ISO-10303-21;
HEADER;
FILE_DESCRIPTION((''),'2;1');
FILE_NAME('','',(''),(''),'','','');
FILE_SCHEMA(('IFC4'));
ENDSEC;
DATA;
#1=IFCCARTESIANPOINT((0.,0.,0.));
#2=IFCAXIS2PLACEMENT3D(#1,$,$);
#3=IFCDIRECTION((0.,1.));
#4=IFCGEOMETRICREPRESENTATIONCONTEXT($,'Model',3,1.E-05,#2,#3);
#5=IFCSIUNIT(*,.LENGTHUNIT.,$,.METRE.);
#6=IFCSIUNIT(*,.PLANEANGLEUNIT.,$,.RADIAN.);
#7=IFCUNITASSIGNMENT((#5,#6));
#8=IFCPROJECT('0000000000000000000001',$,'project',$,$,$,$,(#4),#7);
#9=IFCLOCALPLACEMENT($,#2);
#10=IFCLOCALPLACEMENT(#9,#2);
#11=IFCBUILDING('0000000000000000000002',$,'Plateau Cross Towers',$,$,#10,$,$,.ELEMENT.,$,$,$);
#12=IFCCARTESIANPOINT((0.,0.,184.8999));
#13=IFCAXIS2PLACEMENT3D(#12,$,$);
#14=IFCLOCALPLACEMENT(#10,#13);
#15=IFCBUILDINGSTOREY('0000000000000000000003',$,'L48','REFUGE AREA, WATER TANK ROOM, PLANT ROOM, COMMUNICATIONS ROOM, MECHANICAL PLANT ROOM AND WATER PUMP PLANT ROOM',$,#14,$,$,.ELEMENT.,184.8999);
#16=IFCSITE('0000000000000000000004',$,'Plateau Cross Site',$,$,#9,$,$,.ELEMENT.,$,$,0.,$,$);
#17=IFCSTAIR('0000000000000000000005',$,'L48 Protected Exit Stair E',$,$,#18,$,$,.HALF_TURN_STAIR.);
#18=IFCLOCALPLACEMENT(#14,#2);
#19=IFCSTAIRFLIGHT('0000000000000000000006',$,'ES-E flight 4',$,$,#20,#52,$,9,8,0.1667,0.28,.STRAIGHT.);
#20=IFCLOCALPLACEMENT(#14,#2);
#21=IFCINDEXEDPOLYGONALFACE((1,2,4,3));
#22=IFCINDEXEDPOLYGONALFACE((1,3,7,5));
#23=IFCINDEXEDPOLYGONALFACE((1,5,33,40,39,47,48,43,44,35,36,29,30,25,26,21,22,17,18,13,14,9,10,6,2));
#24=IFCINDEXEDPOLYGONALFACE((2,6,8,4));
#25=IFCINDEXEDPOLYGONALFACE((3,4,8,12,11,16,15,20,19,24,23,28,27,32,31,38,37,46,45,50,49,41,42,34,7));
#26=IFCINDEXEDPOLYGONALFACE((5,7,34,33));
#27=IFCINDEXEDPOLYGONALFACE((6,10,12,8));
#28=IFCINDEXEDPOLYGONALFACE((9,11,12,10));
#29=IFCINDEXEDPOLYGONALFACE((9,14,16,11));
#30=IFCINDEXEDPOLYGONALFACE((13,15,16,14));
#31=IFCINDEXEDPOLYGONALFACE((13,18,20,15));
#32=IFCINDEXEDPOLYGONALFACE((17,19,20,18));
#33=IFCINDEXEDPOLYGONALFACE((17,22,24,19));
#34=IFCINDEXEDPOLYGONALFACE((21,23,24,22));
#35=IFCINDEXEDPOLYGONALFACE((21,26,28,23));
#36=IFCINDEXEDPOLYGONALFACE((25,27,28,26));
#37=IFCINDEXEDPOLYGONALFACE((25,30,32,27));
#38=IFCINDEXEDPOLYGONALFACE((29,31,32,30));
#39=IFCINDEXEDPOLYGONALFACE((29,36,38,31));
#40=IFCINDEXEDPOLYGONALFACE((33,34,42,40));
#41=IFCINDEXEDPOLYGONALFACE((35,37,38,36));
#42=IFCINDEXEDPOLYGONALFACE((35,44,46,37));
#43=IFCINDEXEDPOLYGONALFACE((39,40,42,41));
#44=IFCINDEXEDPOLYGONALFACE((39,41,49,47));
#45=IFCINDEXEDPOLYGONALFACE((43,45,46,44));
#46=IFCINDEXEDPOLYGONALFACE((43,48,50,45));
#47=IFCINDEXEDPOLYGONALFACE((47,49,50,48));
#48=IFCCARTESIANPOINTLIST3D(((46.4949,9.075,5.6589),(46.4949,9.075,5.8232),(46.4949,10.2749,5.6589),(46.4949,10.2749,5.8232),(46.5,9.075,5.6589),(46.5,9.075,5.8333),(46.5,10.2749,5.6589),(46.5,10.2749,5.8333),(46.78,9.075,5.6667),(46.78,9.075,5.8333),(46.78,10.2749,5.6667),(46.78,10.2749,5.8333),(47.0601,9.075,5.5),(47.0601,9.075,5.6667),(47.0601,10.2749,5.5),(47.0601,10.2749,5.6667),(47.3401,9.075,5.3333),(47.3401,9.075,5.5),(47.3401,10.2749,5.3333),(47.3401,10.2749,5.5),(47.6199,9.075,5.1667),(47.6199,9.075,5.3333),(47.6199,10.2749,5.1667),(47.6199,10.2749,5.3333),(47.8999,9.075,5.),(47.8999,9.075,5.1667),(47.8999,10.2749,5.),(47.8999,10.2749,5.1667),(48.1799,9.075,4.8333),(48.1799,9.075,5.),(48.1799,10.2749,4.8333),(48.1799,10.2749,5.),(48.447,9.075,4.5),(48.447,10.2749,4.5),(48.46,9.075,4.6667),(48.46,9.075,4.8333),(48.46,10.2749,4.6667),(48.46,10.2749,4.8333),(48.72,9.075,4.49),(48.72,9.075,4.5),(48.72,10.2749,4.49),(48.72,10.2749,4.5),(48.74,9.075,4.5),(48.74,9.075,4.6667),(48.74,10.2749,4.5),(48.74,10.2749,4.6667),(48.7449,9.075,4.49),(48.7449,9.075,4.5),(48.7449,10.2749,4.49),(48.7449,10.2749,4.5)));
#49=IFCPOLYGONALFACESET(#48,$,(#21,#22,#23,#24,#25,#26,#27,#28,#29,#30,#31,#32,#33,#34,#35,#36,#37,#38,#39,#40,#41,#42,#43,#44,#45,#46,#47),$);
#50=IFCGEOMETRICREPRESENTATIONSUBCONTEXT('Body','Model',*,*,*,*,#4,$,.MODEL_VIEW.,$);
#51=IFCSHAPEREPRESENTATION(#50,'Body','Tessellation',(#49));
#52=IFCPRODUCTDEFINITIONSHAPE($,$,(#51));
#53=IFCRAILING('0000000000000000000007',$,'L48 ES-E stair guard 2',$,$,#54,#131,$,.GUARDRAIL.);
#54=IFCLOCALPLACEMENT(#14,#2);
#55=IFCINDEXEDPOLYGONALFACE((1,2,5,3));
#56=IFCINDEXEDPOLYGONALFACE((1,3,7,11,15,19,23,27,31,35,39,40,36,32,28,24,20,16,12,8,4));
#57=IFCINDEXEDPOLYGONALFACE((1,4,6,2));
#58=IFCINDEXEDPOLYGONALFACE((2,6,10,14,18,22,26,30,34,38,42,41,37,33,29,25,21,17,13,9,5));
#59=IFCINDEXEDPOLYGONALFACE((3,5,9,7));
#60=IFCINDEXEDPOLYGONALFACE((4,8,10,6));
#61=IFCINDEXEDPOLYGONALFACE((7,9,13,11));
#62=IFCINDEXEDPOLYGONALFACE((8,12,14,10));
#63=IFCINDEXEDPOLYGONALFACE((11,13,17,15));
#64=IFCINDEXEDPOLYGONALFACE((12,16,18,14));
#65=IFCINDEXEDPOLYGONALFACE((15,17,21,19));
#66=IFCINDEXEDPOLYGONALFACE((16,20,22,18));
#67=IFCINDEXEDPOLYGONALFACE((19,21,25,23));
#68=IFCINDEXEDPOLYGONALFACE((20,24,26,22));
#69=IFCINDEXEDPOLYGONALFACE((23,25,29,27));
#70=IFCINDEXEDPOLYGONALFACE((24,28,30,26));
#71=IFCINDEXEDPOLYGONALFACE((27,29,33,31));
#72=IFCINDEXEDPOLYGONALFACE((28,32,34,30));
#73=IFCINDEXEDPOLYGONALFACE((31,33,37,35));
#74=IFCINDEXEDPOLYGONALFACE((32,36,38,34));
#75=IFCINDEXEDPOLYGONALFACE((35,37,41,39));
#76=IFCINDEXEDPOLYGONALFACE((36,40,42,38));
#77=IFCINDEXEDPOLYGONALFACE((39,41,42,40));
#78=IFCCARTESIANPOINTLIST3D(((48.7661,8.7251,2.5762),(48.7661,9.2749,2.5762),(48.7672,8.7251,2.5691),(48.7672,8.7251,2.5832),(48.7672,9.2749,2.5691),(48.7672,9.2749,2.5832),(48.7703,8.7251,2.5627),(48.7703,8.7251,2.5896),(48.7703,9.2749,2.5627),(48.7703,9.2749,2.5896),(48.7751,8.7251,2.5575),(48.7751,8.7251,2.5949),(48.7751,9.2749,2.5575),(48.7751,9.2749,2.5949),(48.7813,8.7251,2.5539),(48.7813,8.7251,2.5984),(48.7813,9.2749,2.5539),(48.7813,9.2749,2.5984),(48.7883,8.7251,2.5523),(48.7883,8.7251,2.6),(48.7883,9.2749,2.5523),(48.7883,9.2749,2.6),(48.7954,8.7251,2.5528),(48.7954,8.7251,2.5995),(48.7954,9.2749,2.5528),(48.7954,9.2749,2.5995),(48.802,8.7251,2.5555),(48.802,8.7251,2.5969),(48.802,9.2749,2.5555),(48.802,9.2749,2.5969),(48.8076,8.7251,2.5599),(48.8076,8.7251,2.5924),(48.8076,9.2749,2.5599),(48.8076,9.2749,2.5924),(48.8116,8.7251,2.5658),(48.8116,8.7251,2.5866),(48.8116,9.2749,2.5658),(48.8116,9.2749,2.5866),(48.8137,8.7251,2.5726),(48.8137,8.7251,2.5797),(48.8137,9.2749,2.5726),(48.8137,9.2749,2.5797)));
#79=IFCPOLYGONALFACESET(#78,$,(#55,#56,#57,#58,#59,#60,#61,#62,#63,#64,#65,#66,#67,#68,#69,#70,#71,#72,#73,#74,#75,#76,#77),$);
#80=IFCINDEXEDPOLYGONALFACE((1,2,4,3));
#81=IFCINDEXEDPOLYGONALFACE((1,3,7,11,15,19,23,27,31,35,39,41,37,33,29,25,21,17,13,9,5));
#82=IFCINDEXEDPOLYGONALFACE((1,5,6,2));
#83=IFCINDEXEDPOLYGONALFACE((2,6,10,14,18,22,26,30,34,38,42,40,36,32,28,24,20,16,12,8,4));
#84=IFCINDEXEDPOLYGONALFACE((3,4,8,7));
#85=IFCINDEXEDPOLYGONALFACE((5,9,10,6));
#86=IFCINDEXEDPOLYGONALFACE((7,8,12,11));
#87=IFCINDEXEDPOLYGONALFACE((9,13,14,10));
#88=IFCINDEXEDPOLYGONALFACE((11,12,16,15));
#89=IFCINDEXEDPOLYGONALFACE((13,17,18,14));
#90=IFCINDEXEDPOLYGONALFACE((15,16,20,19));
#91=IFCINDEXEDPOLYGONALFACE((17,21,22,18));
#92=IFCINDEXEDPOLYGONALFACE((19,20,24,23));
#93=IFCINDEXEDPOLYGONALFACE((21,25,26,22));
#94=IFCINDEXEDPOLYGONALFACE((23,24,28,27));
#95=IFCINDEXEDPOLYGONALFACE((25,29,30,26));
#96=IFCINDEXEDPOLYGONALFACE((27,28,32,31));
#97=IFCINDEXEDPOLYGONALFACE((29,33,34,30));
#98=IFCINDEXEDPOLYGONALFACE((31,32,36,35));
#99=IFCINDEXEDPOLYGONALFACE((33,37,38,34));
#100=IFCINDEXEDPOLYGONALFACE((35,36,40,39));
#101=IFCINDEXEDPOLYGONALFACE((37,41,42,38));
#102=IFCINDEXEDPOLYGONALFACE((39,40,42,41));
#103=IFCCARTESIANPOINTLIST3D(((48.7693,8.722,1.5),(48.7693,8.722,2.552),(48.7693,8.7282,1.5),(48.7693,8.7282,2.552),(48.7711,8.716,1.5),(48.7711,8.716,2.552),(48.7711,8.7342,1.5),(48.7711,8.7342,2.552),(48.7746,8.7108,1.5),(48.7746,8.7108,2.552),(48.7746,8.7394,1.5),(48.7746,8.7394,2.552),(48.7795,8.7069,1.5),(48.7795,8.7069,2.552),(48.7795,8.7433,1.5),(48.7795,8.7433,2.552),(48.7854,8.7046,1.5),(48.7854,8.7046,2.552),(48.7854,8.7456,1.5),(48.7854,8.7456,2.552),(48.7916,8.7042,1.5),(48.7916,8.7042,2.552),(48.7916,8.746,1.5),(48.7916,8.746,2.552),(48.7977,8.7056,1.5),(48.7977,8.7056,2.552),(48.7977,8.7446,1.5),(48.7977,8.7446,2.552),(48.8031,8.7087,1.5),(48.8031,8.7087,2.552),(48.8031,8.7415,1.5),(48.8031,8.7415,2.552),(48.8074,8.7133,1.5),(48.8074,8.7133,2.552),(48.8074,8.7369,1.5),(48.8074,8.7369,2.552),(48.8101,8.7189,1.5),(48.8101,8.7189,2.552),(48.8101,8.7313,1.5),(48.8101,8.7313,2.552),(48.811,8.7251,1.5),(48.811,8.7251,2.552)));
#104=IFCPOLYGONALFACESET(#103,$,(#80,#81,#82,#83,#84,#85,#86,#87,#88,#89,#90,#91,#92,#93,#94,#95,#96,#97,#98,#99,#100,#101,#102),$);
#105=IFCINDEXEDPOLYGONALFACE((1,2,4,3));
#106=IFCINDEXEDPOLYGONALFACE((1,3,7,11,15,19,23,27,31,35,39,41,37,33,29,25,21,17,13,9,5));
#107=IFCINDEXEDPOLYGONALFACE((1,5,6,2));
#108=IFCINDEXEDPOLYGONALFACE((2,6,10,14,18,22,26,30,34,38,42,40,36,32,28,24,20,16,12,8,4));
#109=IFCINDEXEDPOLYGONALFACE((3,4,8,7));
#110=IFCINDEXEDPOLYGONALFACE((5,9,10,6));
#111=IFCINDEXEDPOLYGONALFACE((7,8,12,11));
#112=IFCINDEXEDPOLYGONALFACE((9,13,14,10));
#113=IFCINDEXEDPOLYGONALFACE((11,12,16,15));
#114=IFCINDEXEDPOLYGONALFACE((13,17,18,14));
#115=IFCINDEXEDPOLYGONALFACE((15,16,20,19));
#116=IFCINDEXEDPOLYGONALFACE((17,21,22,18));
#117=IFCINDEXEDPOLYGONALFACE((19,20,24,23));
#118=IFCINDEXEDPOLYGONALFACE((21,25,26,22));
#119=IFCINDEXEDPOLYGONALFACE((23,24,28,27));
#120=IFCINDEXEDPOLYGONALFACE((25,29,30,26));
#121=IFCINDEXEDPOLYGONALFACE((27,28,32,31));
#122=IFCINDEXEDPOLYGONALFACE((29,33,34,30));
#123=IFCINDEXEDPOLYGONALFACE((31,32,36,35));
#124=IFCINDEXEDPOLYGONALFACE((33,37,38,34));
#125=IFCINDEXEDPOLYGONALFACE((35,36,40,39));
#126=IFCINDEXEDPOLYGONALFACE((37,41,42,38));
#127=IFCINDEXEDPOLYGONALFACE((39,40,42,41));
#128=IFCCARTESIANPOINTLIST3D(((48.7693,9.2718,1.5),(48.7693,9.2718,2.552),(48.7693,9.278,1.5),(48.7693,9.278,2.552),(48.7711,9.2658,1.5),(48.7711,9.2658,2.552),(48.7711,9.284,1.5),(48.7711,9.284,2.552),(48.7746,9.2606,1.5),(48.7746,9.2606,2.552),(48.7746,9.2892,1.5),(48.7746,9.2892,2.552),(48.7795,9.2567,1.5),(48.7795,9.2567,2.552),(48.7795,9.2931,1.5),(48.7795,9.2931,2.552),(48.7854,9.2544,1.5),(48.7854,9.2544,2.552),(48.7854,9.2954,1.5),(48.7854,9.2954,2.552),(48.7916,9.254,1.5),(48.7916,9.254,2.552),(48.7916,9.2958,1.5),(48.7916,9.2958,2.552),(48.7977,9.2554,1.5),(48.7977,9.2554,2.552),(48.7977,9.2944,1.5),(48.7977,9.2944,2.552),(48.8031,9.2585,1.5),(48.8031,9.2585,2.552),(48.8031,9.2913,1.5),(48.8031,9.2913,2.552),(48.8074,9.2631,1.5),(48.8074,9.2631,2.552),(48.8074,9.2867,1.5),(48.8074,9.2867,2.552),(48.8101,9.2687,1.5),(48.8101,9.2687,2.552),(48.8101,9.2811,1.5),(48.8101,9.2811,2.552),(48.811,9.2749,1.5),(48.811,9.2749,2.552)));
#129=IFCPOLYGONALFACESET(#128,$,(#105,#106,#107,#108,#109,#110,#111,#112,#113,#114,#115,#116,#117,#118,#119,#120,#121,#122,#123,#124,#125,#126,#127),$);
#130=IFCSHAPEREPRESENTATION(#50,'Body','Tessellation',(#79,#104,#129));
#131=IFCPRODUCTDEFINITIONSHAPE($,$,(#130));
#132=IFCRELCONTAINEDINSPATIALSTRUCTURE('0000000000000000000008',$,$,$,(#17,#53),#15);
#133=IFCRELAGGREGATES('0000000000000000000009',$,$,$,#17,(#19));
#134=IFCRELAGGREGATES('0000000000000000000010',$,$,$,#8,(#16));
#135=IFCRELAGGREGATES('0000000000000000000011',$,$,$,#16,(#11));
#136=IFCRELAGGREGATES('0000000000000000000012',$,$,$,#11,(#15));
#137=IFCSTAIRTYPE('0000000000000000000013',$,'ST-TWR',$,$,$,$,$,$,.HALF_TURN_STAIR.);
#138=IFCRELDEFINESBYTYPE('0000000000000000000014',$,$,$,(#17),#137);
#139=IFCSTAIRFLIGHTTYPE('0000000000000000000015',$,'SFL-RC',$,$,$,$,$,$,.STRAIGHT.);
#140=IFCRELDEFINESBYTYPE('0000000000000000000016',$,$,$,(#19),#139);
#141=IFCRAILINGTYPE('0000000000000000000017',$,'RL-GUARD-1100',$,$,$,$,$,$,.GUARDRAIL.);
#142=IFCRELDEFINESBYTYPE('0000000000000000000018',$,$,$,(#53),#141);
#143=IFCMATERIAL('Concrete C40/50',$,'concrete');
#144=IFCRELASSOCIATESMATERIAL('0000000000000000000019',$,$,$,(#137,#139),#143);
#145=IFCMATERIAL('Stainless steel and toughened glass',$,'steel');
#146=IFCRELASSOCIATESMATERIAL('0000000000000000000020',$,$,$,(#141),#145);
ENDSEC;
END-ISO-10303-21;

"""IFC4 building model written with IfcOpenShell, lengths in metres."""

from ifc_helpers import new_model, si_unit, direction, frame, origin, origin_2d, place, context, subcontext, project, spatial, polyline, circle, outline, extrude, material, type_object, element, aggregate, save


model = new_model("IFC4")

# Units and contexts
model_context = context("Model", 3, precision=1e-05, world=origin(), true_north=direction((0.0, 1.0)))
body_context = subcontext(model_context, "Body", "Model", "MODEL_VIEW")
ifc_project = project(units=[si_unit("LENGTHUNIT", "METRE"), si_unit("PLANEANGLEUNIT", "RADIAN")], contexts=[model_context])

# Site, building, storey
site_placement = place(None, origin())
site = spatial("IfcSite", under=ifc_project, at=site_placement, Name="Plateau Cross Site", CompositionType="ELEMENT", RefElevation=0.0)
building_placement = place(site_placement, origin())
building = spatial("IfcBuilding", under=site, at=building_placement, Name="Plateau Cross Towers", CompositionType="ELEMENT")
storey_placement = place(building_placement, frame((0.0, 0.0, 184.8999)))
storey = spatial("IfcBuildingStorey", under=building, at=storey_placement, Name="L48", Description="REFUGE AREA, WATER TANK ROOM, PLANT ROOM, COMMUNICATIONS ROOM, MECHANICAL PLANT ROOM AND WATER PUMP PLANT ROOM", CompositionType="ELEMENT", Elevation=184.8999)

# Stair, stair flight
ifc_material_1 = material(Name="Concrete C40/50", Category="concrete")
stair_type = type_object("IfcStairType", Name="ST-TWR", PredefinedType="HALF_TURN_STAIR", material=ifc_material_1)
stair_placement = place(storey_placement, origin())
stair = element("IfcStair", 1, at=stair_placement, inside=storey, type_object=stair_type, Name="L48 Protected Exit Stair E", PredefinedType="HALF_TURN_STAIR")
stair_flight_type = type_object("IfcStairFlightType", Name="SFL-RC", PredefinedType="STRAIGHT", material=ifc_material_1)
stair_flight_1_placement = place(storey_placement, frame((48.74, 9.675, 4.5), z_axis=(0.0, 0.0, 1.0), x_axis=(-1.0, 0.0, 0.0)))
stair_flight_1 = element("IfcStairFlight", 2, at=stair_flight_1_placement, type_object=stair_flight_type, Name="ES-E flight 4", NumberOfRisers=9, NumberOfTreads=8, PredefinedType="STRAIGHT", RiserHeight=0.1667, TreadLength=0.28, context=body_context, shape_type="SweptSolid", body=[
    extrude(outline(polyline([(-0.0049, -0.01), (-0.0049, 0.0), (0.0, 0.0), (0.0, 0.1667), (0.28, 0.1667), (0.28, 0.3333), (0.5601, 0.3333), (0.5601, 0.5), (0.8401, 0.5), (0.8401, 0.6667), (1.1201, 0.6667), (1.1201, 0.8333), (1.3999, 0.8333), (1.3999, 1.0), (1.6799, 1.0), (1.6799, 1.1667), (1.96, 1.1667), (1.96, 1.3333), (2.24, 1.3333), (2.2451, 1.3232), (2.2451, 1.1589), (2.24, 1.1589), (0.293, 0.0), (0.02, 0.0), (0.02, -0.01), (-0.0049, -0.01)])), frame((0.0, 0.6001, 0.0), z_axis=(0.0, -1.0, 0.0), x_axis=(1.0, 0.0, 0.0)), (0.0, 0.0, 1.0), 1.2),
])
aggregate(stair, [stair_flight_1])

# Railing
ifc_material_2 = material(Name="Stainless steel and toughened glass", Category="steel")
railing_type_1 = type_object("IfcRailingType", Name="RL-GUARD-1100", PredefinedType="GUARDRAIL", material=ifc_material_2)
railing_1_placement = place(storey_placement, frame((48.79, 8.7251, 1.5)))
element("IfcRailing", 3, at=railing_1_placement, inside=storey, type_object=railing_type_1, Name="L48 ES-E stair guard 2", PredefinedType="GUARDRAIL", context=body_context, shape_type="SweptSolid", body=[
    extrude(circle(Radius=0.0239, at=origin_2d()), frame((0.0, 0.0, 1.0762), z_axis=(0.0, 1.0, 0.0), x_axis=(-1.0, 0.0, 0.0)), (0.0, 0.0, 1.0), 0.5498),
    extrude(circle(Radius=0.021, at=origin_2d()), origin(), (0.0, 0.0, 1.0), 1.052),
    extrude(circle(Radius=0.021, at=origin_2d()), frame((0.0, 0.5498, 0.0)), (0.0, 0.0, 1.0), 1.052),
])

save(model, "model.ifc")
